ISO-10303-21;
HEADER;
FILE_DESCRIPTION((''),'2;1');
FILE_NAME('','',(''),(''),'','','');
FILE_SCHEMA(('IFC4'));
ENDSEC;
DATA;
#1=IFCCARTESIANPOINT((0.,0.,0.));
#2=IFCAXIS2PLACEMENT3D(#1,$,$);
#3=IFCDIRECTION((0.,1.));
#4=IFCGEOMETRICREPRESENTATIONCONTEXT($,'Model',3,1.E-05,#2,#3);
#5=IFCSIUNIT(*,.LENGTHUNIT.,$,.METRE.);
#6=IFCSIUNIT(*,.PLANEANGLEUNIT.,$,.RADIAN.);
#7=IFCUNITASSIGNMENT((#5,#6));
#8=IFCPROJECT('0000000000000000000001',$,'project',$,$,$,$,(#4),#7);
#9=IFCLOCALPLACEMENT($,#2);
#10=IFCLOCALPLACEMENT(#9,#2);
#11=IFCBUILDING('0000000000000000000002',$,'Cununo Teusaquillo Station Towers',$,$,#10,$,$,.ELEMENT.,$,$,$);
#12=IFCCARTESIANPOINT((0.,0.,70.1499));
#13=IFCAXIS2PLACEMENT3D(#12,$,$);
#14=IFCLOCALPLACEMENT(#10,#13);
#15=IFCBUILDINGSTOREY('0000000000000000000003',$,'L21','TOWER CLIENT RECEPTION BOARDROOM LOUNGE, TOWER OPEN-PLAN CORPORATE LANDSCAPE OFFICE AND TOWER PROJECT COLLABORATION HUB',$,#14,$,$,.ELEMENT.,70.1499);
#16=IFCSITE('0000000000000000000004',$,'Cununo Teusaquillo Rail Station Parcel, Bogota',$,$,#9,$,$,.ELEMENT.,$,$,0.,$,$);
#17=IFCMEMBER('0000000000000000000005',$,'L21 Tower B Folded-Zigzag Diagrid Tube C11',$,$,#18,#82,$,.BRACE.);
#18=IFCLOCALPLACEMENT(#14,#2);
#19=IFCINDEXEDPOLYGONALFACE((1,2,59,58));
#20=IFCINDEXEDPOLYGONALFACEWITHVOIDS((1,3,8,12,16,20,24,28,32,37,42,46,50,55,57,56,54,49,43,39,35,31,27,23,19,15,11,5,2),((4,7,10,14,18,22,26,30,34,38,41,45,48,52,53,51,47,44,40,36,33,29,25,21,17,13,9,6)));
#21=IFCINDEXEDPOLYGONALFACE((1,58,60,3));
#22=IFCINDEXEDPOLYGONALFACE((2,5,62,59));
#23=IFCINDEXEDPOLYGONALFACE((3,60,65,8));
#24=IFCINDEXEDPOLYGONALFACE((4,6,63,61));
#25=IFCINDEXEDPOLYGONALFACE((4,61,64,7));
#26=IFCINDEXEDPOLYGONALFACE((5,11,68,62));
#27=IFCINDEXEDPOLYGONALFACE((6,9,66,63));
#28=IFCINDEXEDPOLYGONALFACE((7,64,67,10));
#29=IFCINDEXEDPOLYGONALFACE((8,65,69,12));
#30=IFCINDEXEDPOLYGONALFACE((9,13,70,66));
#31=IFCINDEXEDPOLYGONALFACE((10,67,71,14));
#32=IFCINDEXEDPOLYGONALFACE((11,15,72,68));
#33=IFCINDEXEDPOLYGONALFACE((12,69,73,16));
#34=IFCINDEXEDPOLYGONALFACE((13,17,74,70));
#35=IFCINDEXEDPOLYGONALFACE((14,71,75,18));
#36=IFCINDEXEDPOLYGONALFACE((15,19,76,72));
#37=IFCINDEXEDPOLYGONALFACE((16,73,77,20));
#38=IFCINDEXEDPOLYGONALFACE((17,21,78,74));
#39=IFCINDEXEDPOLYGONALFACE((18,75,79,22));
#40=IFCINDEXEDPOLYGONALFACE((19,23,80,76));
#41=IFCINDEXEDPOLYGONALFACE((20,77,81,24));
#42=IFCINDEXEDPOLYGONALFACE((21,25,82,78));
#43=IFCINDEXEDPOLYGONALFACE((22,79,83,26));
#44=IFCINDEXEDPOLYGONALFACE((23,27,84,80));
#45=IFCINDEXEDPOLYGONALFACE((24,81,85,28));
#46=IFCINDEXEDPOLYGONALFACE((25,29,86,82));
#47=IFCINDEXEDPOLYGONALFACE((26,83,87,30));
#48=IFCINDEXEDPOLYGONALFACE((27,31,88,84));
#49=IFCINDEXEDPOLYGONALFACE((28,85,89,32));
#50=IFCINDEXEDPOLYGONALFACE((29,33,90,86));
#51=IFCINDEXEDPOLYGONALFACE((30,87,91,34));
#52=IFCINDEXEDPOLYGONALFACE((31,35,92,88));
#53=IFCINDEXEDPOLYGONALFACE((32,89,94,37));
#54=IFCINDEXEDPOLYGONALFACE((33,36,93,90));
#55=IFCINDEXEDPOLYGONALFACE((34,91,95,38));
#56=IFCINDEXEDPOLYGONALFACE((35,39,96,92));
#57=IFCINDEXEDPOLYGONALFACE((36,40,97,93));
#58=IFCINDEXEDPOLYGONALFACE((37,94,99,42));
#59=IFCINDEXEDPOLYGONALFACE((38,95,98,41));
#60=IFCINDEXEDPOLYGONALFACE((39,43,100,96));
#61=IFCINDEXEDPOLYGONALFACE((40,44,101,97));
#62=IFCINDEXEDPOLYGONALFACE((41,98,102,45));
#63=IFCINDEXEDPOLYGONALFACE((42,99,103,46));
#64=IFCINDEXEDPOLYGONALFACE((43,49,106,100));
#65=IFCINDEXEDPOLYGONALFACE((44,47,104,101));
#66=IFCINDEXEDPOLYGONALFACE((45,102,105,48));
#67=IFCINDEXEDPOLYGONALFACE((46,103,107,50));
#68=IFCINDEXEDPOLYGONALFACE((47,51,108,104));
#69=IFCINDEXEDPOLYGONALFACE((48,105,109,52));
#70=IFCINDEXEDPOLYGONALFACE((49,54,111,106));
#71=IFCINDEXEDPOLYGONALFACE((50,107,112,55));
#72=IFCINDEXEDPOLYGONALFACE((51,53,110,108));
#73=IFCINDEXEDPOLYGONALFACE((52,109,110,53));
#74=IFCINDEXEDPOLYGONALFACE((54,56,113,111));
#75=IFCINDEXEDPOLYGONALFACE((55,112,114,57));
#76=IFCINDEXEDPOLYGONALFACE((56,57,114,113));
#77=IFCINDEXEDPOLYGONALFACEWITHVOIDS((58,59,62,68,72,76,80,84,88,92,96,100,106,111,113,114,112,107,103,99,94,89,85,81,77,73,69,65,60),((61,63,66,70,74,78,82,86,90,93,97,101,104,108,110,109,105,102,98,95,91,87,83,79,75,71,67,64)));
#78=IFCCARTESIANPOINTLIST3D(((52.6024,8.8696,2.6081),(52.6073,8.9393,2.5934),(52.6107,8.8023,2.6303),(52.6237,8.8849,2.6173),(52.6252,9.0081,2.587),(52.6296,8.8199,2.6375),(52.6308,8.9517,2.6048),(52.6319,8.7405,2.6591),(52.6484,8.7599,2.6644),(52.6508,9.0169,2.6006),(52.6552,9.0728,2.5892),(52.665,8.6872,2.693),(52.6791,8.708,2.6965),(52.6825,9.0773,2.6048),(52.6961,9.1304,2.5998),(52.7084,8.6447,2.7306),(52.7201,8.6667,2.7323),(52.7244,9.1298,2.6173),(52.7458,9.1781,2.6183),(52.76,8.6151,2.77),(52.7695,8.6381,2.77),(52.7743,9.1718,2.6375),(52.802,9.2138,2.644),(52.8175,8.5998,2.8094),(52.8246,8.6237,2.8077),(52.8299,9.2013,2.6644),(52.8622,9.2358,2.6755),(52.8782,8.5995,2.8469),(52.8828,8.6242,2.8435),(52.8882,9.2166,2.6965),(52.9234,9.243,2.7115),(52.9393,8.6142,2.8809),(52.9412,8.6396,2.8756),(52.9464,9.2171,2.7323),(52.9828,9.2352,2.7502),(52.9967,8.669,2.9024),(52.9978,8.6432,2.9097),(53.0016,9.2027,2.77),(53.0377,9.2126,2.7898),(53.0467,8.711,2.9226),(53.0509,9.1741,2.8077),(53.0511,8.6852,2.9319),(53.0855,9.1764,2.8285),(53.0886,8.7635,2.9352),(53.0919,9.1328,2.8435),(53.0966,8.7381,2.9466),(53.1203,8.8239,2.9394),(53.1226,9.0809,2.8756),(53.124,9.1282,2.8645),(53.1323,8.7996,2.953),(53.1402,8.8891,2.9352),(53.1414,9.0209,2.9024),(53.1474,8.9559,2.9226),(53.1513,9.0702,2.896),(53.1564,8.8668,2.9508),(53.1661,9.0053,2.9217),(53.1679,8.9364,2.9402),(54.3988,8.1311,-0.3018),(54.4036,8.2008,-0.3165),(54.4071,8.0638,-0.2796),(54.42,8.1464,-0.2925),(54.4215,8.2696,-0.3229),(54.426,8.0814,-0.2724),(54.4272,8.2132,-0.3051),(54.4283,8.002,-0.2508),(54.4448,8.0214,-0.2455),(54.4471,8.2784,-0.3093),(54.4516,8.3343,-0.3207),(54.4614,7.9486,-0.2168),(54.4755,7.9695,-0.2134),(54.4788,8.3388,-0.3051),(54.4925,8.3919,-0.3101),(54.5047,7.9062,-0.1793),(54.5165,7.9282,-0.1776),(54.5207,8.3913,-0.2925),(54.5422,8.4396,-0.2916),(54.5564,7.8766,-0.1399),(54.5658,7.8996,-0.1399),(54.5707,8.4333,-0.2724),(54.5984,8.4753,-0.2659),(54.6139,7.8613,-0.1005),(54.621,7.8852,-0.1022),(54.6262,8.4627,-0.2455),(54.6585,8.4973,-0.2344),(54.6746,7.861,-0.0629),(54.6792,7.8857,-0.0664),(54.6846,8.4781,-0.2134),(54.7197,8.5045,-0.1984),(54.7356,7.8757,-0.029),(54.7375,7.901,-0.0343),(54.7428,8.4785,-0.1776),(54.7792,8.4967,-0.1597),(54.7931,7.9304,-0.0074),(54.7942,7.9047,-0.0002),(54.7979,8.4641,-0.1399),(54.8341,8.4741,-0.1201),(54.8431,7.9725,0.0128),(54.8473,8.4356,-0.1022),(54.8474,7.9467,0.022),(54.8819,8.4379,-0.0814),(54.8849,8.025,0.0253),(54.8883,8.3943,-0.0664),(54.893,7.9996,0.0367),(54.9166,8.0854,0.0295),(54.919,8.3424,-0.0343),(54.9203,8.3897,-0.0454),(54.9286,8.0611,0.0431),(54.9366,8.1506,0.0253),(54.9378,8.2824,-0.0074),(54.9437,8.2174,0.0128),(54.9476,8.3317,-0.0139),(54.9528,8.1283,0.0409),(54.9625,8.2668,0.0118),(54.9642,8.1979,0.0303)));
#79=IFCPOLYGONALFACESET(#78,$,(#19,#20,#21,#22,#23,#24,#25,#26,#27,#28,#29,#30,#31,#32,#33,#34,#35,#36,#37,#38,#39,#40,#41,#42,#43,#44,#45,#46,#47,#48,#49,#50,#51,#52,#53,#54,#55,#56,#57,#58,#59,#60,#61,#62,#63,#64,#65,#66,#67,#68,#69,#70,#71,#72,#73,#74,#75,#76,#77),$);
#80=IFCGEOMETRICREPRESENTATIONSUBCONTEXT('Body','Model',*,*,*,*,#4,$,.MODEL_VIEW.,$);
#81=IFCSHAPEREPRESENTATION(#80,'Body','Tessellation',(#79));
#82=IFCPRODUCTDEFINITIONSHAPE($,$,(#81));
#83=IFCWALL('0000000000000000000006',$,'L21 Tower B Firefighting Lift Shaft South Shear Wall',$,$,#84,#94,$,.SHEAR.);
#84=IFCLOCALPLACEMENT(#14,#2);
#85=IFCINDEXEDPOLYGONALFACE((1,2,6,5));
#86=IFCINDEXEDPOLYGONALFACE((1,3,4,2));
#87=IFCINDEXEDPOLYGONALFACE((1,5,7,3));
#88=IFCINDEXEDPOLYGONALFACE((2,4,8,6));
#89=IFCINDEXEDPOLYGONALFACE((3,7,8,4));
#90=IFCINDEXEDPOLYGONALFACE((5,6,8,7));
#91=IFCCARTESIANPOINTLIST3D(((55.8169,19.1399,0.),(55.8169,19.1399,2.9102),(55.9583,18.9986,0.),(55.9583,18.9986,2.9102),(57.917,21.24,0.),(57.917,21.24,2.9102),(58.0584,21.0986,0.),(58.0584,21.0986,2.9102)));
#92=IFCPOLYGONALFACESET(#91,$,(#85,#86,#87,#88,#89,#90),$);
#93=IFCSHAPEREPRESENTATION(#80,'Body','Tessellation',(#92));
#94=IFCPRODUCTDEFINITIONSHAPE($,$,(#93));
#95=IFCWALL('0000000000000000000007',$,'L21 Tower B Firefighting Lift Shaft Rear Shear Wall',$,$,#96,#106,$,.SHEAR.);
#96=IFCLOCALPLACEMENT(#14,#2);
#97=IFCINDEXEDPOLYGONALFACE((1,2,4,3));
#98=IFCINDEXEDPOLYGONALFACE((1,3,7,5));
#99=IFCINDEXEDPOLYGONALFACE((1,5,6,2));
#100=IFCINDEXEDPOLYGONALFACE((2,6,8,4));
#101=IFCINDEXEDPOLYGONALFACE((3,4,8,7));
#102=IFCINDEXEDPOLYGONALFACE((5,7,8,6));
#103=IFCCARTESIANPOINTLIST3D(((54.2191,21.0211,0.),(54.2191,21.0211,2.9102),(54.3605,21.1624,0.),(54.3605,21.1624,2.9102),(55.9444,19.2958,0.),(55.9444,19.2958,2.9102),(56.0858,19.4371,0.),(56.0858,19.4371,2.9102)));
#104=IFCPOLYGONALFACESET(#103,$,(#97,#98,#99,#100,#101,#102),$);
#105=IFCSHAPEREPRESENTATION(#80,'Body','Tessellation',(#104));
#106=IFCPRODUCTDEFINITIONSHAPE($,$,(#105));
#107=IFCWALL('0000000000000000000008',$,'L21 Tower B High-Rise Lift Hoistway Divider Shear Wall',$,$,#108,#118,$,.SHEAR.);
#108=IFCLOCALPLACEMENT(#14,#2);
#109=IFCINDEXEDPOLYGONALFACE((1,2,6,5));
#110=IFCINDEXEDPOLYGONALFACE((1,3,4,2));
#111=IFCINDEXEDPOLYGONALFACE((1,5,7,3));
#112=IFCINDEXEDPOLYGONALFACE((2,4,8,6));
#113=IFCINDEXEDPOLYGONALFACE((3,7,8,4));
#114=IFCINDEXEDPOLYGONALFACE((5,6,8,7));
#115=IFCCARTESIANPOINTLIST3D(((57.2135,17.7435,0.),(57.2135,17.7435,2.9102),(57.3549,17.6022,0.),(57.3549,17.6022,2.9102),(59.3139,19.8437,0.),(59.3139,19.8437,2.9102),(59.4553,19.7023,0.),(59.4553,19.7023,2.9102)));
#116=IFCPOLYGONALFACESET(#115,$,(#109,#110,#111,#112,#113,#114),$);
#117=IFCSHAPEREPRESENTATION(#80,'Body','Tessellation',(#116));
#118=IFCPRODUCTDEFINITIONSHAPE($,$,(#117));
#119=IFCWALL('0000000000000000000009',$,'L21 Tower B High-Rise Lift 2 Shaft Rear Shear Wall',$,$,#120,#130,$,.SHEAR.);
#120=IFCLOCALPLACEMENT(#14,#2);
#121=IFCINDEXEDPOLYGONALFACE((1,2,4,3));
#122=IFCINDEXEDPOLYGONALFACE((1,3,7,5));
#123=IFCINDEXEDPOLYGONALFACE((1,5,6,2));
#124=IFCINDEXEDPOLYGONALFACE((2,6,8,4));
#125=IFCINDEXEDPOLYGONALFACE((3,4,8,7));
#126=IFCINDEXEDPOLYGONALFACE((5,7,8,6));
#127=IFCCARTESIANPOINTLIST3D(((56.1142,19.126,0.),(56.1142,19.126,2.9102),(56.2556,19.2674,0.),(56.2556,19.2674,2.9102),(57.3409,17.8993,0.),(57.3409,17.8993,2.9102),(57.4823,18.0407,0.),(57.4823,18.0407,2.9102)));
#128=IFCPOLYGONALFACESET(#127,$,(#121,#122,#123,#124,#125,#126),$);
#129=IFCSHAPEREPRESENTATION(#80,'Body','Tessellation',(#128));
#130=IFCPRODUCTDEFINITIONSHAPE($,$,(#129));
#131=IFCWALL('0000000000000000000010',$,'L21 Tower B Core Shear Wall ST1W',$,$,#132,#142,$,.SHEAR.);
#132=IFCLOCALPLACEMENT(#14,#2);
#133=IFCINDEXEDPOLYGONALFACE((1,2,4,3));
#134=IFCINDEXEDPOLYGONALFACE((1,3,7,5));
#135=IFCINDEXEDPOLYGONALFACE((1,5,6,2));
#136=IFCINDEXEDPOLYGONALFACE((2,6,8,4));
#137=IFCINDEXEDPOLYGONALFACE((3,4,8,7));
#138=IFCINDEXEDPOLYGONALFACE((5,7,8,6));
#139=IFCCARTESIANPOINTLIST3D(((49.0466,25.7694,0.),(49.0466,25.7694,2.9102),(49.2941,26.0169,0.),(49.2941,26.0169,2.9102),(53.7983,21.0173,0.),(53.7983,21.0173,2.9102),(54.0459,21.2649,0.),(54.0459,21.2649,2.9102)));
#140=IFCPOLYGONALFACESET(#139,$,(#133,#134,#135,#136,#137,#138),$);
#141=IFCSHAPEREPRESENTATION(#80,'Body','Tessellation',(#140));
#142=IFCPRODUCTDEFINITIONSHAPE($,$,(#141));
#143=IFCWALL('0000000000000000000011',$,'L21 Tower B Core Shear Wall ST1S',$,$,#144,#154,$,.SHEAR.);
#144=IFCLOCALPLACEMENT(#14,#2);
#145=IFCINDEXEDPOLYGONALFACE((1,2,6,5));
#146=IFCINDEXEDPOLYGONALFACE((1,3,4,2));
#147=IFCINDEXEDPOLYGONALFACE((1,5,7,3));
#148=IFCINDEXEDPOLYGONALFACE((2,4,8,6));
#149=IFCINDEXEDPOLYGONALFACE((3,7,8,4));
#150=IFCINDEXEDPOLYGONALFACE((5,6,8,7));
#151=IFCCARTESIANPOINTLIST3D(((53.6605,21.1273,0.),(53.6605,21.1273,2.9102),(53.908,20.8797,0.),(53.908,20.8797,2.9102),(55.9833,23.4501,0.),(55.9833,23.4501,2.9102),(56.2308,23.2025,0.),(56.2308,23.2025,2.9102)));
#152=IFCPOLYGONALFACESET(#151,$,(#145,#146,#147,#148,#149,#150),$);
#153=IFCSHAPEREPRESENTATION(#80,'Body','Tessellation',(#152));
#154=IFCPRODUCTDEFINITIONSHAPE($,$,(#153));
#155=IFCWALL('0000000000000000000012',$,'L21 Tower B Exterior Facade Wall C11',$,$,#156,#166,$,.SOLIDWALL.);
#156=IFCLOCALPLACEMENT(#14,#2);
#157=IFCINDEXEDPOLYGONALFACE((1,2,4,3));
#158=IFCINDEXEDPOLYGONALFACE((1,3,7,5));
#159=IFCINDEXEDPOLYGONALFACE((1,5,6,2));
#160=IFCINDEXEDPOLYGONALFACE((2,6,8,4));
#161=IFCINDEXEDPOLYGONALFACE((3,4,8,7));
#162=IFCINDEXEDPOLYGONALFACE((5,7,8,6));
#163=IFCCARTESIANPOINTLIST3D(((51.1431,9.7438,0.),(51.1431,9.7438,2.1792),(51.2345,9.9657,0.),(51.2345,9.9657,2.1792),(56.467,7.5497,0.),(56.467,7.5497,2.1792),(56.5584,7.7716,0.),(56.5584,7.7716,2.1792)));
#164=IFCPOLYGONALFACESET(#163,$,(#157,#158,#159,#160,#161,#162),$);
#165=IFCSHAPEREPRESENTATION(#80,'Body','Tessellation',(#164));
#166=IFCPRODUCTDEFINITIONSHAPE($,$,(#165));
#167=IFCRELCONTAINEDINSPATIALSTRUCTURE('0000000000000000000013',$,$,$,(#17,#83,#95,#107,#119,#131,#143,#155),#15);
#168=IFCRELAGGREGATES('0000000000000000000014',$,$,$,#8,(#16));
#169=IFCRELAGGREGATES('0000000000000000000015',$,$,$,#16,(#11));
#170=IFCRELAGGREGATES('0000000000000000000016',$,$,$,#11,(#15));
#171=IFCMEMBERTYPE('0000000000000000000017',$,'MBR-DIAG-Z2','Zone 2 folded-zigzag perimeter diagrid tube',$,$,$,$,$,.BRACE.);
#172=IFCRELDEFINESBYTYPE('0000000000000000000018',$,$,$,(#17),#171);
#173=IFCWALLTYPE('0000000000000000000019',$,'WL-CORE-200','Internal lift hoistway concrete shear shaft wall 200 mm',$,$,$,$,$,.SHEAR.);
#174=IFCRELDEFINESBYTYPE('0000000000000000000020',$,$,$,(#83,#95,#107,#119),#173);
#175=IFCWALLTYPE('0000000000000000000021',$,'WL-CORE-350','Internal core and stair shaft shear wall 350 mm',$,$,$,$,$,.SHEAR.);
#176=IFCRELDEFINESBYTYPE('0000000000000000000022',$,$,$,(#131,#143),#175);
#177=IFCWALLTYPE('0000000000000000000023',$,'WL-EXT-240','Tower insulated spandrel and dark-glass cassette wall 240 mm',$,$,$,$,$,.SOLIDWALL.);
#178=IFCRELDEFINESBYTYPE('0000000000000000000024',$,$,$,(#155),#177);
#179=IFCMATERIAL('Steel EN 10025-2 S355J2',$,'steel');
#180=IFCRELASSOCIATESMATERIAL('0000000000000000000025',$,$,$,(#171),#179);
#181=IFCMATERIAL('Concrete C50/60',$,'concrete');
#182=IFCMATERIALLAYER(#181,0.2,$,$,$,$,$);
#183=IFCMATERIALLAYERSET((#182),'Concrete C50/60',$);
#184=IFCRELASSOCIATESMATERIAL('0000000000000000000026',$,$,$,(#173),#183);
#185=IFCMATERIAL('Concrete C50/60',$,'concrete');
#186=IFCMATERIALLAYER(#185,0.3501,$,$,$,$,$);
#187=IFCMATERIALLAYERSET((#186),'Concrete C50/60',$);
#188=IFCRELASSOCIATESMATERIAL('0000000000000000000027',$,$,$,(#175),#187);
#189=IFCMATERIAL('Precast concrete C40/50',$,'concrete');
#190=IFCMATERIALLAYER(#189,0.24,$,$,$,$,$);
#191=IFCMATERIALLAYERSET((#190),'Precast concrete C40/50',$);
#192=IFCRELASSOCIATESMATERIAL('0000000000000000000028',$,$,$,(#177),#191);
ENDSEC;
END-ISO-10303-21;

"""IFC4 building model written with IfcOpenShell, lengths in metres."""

from ifc_helpers import new_model, si_unit, direction, frame, frame_2d, origin, origin_2d, place, context, subcontext, project, spatial, rectangle, hollow_circle, extrude, material, layer, layer_set, material_profile, profile_set, type_object, element, save


model = new_model("IFC4")

# Units and contexts
model_context = context("Model", 3, precision=1e-05, world=origin(), true_north=direction((0.0, 1.0)))
body_context = subcontext(model_context, "Body", "Model", "MODEL_VIEW")
ifc_project = project(units=[si_unit("LENGTHUNIT", "METRE"), si_unit("PLANEANGLEUNIT", "RADIAN")], contexts=[model_context])

# Site, building, storey
site_placement = place(None, origin())
site = spatial("IfcSite", under=ifc_project, at=site_placement, Name="Cununo Teusaquillo Rail Station Parcel, Bogota", CompositionType="ELEMENT", RefElevation=0.0)
building_placement = place(site_placement, origin())
building = spatial("IfcBuilding", under=site, at=building_placement, Name="Cununo Teusaquillo Station Towers", CompositionType="ELEMENT")
storey_placement = place(building_placement, frame((0.0, 0.0, 70.1499)))
storey = spatial("IfcBuildingStorey", under=building, at=storey_placement, Name="L21", Description="TOWER CLIENT RECEPTION BOARDROOM LOUNGE, TOWER OPEN-PLAN CORPORATE LANDSCAPE OFFICE AND TOWER PROJECT COLLABORATION HUB", CompositionType="ELEMENT", Elevation=70.1499)

# Member
ifc_material_1 = material(Name="Steel EN 10025-2 S355J2", Category="steel")
ifc_material_profile_1 = material_profile(ifc_material_1, hollow_circle(Radius=0.3301, WallThickness=0.0249, at=origin_2d()), Name="CHS 660x25")
ifc_profile_set_1 = profile_set([ifc_material_profile_1], Name="Steel EN 10025-2 S355J2")
member_type = type_object("IfcMemberType", Name="MBR-DIAG-Z2", Description="Zone 2 folded-zigzag perimeter diagrid tube", PredefinedType="BRACE", material=ifc_profile_set_1)
member_placement = place(storey_placement, frame((54.6819, 8.1819, -0.1399), z_axis=(-0.513463, 0.211093, 0.831743), x_axis=(-0.380238, -0.924889, 0.0)))
element("IfcMember", 1, at=member_placement, inside=storey, type_object=member_type, Name="L21 Tower B Folded-Zigzag Diagrid Tube C11", PredefinedType="BRACE", context=body_context, shape_type="SweptSolid", body=[
    extrude(hollow_circle(Radius=0.3301, WallThickness=0.0249, at=origin_2d()), origin(), (0.0, 0.0, 1.0), 3.4985),
])

# Walls
ifc_material_2 = material(Name="Concrete C50/60", Category="concrete")
ifc_layer_1 = layer(ifc_material_2, 0.2)
ifc_layer_set_1 = layer_set([ifc_layer_1], Name="Concrete C50/60")
wall_type_1 = type_object("IfcWallType", Name="WL-CORE-200", Description="Internal lift hoistway concrete shear shaft wall 200 mm", PredefinedType="SHEAR", material=ifc_layer_set_1)
wall_1_placement = place(storey_placement, frame((55.8877, 19.0693, 0.0), z_axis=(0.0, 0.0, 1.0), x_axis=(0.707107, 0.707107, 0.0)))
element("IfcWall", 2, at=wall_1_placement, inside=storey, type_object=wall_type_1, Name="L21 Tower B Firefighting Lift Shaft South Shear Wall", PredefinedType="SHEAR", context=body_context, shape_type="SweptSolid", body=[
    extrude(rectangle(XDim=2.97, YDim=0.2, at=frame_2d((1.4849, 0.0))), origin(), (0.0, 0.0, 1.0), 2.9102),
])
wall_2_placement = place(storey_placement, frame((56.0151, 19.3665, 0.0), z_axis=(0.0, 0.0, 1.0), x_axis=(-0.707107, 0.707107, 0.0)))
element("IfcWall", 3, at=wall_2_placement, inside=storey, type_object=wall_type_1, Name="L21 Tower B Firefighting Lift Shaft Rear Shear Wall", PredefinedType="SHEAR", context=body_context, shape_type="SweptSolid", body=[
    extrude(rectangle(XDim=2.4399, YDim=0.2, at=frame_2d((1.22, 0.0))), origin(), (0.0, 0.0, 1.0), 2.9102),
])
wall_3_placement = place(storey_placement, frame((57.2842, 17.6729, 0.0), z_axis=(0.0, 0.0, 1.0), x_axis=(0.707148, 0.707066, 0.0)))
element("IfcWall", 4, at=wall_3_placement, inside=storey, type_object=wall_type_1, Name="L21 Tower B High-Rise Lift Hoistway Divider Shear Wall", PredefinedType="SHEAR", context=body_context, shape_type="SweptSolid", body=[
    extrude(rectangle(XDim=2.9702, YDim=0.2, at=frame_2d((1.4851, 0.0))), origin(), (0.0, 0.0, 1.0), 2.9102),
])
wall_4_placement = place(storey_placement, frame((57.4116, 17.97, 0.0), z_axis=(0.0, 0.0, 1.0), x_axis=(-0.707107, 0.707107, 0.0)))
element("IfcWall", 5, at=wall_4_placement, inside=storey, type_object=wall_type_1, Name="L21 Tower B High-Rise Lift 2 Shaft Rear Shear Wall", PredefinedType="SHEAR", context=body_context, shape_type="SweptSolid", body=[
    extrude(rectangle(XDim=1.7349, YDim=0.2, at=frame_2d((0.8674, 0.0))), origin(), (0.0, 0.0, 1.0), 2.9102),
])
ifc_material_3 = material(Name="Concrete C50/60", Category="concrete")
ifc_layer_2 = layer(ifc_material_3, 0.3501)
ifc_layer_set_2 = layer_set([ifc_layer_2], Name="Concrete C50/60")
wall_type_2 = type_object("IfcWallType", Name="WL-CORE-350", Description="Internal core and stair shaft shear wall 350 mm", PredefinedType="SHEAR", material=ifc_layer_set_2)
wall_5_placement = place(storey_placement, frame((53.9221, 21.1411, 0.0), z_axis=(0.0, 0.0, 1.0), x_axis=(-0.707089, 0.707125, 0.0)))
element("IfcWall", 6, at=wall_5_placement, inside=storey, type_object=wall_type_2, Name="L21 Tower B Core Shear Wall ST1W", PredefinedType="SHEAR", context=body_context, shape_type="SweptSolid", body=[
    extrude(rectangle(XDim=6.7202, YDim=0.3501, at=frame_2d((3.3601, 0.0))), origin(), (0.0, 0.0, 1.0), 2.9102),
])
wall_6_placement = place(storey_placement, frame((53.7842, 21.0034, 0.0), z_axis=(0.0, 0.0, 1.0), x_axis=(0.707107, 0.707107, 0.0)))
element("IfcWall", 7, at=wall_6_placement, inside=storey, type_object=wall_type_2, Name="L21 Tower B Core Shear Wall ST1S", PredefinedType="SHEAR", context=body_context, shape_type="SweptSolid", body=[
    extrude(rectangle(XDim=3.2849, YDim=0.3501, at=frame_2d((1.6426, 0.0))), origin(), (0.0, 0.0, 1.0), 2.9102),
])
ifc_material_4 = material(Name="Precast concrete C40/50", Category="concrete")
ifc_layer_3 = layer(ifc_material_4, 0.24)
ifc_layer_set_3 = layer_set([ifc_layer_3], Name="Precast concrete C40/50")
wall_type_3 = type_object("IfcWallType", Name="WL-EXT-240", Description="Tower insulated spandrel and dark-glass cassette wall 240 mm", PredefinedType="SOLIDWALL", material=ifc_layer_set_3)
wall_7_placement = place(storey_placement, frame((56.5127, 7.6606, 0.0), z_axis=(0.0, 0.0, 1.0), x_axis=(-0.924564, 0.381027, 0.0)))
element("IfcWall", 8, at=wall_7_placement, inside=storey, type_object=wall_type_3, Name="L21 Tower B Exterior Facade Wall C11", PredefinedType="SOLIDWALL", context=body_context, shape_type="SweptSolid", body=[
    extrude(rectangle(XDim=5.7583, YDim=0.24, at=frame_2d((2.8792, 0.0))), origin(), (0.0, 0.0, 1.0), 2.1792),
])

save(model, "model.ifc")
